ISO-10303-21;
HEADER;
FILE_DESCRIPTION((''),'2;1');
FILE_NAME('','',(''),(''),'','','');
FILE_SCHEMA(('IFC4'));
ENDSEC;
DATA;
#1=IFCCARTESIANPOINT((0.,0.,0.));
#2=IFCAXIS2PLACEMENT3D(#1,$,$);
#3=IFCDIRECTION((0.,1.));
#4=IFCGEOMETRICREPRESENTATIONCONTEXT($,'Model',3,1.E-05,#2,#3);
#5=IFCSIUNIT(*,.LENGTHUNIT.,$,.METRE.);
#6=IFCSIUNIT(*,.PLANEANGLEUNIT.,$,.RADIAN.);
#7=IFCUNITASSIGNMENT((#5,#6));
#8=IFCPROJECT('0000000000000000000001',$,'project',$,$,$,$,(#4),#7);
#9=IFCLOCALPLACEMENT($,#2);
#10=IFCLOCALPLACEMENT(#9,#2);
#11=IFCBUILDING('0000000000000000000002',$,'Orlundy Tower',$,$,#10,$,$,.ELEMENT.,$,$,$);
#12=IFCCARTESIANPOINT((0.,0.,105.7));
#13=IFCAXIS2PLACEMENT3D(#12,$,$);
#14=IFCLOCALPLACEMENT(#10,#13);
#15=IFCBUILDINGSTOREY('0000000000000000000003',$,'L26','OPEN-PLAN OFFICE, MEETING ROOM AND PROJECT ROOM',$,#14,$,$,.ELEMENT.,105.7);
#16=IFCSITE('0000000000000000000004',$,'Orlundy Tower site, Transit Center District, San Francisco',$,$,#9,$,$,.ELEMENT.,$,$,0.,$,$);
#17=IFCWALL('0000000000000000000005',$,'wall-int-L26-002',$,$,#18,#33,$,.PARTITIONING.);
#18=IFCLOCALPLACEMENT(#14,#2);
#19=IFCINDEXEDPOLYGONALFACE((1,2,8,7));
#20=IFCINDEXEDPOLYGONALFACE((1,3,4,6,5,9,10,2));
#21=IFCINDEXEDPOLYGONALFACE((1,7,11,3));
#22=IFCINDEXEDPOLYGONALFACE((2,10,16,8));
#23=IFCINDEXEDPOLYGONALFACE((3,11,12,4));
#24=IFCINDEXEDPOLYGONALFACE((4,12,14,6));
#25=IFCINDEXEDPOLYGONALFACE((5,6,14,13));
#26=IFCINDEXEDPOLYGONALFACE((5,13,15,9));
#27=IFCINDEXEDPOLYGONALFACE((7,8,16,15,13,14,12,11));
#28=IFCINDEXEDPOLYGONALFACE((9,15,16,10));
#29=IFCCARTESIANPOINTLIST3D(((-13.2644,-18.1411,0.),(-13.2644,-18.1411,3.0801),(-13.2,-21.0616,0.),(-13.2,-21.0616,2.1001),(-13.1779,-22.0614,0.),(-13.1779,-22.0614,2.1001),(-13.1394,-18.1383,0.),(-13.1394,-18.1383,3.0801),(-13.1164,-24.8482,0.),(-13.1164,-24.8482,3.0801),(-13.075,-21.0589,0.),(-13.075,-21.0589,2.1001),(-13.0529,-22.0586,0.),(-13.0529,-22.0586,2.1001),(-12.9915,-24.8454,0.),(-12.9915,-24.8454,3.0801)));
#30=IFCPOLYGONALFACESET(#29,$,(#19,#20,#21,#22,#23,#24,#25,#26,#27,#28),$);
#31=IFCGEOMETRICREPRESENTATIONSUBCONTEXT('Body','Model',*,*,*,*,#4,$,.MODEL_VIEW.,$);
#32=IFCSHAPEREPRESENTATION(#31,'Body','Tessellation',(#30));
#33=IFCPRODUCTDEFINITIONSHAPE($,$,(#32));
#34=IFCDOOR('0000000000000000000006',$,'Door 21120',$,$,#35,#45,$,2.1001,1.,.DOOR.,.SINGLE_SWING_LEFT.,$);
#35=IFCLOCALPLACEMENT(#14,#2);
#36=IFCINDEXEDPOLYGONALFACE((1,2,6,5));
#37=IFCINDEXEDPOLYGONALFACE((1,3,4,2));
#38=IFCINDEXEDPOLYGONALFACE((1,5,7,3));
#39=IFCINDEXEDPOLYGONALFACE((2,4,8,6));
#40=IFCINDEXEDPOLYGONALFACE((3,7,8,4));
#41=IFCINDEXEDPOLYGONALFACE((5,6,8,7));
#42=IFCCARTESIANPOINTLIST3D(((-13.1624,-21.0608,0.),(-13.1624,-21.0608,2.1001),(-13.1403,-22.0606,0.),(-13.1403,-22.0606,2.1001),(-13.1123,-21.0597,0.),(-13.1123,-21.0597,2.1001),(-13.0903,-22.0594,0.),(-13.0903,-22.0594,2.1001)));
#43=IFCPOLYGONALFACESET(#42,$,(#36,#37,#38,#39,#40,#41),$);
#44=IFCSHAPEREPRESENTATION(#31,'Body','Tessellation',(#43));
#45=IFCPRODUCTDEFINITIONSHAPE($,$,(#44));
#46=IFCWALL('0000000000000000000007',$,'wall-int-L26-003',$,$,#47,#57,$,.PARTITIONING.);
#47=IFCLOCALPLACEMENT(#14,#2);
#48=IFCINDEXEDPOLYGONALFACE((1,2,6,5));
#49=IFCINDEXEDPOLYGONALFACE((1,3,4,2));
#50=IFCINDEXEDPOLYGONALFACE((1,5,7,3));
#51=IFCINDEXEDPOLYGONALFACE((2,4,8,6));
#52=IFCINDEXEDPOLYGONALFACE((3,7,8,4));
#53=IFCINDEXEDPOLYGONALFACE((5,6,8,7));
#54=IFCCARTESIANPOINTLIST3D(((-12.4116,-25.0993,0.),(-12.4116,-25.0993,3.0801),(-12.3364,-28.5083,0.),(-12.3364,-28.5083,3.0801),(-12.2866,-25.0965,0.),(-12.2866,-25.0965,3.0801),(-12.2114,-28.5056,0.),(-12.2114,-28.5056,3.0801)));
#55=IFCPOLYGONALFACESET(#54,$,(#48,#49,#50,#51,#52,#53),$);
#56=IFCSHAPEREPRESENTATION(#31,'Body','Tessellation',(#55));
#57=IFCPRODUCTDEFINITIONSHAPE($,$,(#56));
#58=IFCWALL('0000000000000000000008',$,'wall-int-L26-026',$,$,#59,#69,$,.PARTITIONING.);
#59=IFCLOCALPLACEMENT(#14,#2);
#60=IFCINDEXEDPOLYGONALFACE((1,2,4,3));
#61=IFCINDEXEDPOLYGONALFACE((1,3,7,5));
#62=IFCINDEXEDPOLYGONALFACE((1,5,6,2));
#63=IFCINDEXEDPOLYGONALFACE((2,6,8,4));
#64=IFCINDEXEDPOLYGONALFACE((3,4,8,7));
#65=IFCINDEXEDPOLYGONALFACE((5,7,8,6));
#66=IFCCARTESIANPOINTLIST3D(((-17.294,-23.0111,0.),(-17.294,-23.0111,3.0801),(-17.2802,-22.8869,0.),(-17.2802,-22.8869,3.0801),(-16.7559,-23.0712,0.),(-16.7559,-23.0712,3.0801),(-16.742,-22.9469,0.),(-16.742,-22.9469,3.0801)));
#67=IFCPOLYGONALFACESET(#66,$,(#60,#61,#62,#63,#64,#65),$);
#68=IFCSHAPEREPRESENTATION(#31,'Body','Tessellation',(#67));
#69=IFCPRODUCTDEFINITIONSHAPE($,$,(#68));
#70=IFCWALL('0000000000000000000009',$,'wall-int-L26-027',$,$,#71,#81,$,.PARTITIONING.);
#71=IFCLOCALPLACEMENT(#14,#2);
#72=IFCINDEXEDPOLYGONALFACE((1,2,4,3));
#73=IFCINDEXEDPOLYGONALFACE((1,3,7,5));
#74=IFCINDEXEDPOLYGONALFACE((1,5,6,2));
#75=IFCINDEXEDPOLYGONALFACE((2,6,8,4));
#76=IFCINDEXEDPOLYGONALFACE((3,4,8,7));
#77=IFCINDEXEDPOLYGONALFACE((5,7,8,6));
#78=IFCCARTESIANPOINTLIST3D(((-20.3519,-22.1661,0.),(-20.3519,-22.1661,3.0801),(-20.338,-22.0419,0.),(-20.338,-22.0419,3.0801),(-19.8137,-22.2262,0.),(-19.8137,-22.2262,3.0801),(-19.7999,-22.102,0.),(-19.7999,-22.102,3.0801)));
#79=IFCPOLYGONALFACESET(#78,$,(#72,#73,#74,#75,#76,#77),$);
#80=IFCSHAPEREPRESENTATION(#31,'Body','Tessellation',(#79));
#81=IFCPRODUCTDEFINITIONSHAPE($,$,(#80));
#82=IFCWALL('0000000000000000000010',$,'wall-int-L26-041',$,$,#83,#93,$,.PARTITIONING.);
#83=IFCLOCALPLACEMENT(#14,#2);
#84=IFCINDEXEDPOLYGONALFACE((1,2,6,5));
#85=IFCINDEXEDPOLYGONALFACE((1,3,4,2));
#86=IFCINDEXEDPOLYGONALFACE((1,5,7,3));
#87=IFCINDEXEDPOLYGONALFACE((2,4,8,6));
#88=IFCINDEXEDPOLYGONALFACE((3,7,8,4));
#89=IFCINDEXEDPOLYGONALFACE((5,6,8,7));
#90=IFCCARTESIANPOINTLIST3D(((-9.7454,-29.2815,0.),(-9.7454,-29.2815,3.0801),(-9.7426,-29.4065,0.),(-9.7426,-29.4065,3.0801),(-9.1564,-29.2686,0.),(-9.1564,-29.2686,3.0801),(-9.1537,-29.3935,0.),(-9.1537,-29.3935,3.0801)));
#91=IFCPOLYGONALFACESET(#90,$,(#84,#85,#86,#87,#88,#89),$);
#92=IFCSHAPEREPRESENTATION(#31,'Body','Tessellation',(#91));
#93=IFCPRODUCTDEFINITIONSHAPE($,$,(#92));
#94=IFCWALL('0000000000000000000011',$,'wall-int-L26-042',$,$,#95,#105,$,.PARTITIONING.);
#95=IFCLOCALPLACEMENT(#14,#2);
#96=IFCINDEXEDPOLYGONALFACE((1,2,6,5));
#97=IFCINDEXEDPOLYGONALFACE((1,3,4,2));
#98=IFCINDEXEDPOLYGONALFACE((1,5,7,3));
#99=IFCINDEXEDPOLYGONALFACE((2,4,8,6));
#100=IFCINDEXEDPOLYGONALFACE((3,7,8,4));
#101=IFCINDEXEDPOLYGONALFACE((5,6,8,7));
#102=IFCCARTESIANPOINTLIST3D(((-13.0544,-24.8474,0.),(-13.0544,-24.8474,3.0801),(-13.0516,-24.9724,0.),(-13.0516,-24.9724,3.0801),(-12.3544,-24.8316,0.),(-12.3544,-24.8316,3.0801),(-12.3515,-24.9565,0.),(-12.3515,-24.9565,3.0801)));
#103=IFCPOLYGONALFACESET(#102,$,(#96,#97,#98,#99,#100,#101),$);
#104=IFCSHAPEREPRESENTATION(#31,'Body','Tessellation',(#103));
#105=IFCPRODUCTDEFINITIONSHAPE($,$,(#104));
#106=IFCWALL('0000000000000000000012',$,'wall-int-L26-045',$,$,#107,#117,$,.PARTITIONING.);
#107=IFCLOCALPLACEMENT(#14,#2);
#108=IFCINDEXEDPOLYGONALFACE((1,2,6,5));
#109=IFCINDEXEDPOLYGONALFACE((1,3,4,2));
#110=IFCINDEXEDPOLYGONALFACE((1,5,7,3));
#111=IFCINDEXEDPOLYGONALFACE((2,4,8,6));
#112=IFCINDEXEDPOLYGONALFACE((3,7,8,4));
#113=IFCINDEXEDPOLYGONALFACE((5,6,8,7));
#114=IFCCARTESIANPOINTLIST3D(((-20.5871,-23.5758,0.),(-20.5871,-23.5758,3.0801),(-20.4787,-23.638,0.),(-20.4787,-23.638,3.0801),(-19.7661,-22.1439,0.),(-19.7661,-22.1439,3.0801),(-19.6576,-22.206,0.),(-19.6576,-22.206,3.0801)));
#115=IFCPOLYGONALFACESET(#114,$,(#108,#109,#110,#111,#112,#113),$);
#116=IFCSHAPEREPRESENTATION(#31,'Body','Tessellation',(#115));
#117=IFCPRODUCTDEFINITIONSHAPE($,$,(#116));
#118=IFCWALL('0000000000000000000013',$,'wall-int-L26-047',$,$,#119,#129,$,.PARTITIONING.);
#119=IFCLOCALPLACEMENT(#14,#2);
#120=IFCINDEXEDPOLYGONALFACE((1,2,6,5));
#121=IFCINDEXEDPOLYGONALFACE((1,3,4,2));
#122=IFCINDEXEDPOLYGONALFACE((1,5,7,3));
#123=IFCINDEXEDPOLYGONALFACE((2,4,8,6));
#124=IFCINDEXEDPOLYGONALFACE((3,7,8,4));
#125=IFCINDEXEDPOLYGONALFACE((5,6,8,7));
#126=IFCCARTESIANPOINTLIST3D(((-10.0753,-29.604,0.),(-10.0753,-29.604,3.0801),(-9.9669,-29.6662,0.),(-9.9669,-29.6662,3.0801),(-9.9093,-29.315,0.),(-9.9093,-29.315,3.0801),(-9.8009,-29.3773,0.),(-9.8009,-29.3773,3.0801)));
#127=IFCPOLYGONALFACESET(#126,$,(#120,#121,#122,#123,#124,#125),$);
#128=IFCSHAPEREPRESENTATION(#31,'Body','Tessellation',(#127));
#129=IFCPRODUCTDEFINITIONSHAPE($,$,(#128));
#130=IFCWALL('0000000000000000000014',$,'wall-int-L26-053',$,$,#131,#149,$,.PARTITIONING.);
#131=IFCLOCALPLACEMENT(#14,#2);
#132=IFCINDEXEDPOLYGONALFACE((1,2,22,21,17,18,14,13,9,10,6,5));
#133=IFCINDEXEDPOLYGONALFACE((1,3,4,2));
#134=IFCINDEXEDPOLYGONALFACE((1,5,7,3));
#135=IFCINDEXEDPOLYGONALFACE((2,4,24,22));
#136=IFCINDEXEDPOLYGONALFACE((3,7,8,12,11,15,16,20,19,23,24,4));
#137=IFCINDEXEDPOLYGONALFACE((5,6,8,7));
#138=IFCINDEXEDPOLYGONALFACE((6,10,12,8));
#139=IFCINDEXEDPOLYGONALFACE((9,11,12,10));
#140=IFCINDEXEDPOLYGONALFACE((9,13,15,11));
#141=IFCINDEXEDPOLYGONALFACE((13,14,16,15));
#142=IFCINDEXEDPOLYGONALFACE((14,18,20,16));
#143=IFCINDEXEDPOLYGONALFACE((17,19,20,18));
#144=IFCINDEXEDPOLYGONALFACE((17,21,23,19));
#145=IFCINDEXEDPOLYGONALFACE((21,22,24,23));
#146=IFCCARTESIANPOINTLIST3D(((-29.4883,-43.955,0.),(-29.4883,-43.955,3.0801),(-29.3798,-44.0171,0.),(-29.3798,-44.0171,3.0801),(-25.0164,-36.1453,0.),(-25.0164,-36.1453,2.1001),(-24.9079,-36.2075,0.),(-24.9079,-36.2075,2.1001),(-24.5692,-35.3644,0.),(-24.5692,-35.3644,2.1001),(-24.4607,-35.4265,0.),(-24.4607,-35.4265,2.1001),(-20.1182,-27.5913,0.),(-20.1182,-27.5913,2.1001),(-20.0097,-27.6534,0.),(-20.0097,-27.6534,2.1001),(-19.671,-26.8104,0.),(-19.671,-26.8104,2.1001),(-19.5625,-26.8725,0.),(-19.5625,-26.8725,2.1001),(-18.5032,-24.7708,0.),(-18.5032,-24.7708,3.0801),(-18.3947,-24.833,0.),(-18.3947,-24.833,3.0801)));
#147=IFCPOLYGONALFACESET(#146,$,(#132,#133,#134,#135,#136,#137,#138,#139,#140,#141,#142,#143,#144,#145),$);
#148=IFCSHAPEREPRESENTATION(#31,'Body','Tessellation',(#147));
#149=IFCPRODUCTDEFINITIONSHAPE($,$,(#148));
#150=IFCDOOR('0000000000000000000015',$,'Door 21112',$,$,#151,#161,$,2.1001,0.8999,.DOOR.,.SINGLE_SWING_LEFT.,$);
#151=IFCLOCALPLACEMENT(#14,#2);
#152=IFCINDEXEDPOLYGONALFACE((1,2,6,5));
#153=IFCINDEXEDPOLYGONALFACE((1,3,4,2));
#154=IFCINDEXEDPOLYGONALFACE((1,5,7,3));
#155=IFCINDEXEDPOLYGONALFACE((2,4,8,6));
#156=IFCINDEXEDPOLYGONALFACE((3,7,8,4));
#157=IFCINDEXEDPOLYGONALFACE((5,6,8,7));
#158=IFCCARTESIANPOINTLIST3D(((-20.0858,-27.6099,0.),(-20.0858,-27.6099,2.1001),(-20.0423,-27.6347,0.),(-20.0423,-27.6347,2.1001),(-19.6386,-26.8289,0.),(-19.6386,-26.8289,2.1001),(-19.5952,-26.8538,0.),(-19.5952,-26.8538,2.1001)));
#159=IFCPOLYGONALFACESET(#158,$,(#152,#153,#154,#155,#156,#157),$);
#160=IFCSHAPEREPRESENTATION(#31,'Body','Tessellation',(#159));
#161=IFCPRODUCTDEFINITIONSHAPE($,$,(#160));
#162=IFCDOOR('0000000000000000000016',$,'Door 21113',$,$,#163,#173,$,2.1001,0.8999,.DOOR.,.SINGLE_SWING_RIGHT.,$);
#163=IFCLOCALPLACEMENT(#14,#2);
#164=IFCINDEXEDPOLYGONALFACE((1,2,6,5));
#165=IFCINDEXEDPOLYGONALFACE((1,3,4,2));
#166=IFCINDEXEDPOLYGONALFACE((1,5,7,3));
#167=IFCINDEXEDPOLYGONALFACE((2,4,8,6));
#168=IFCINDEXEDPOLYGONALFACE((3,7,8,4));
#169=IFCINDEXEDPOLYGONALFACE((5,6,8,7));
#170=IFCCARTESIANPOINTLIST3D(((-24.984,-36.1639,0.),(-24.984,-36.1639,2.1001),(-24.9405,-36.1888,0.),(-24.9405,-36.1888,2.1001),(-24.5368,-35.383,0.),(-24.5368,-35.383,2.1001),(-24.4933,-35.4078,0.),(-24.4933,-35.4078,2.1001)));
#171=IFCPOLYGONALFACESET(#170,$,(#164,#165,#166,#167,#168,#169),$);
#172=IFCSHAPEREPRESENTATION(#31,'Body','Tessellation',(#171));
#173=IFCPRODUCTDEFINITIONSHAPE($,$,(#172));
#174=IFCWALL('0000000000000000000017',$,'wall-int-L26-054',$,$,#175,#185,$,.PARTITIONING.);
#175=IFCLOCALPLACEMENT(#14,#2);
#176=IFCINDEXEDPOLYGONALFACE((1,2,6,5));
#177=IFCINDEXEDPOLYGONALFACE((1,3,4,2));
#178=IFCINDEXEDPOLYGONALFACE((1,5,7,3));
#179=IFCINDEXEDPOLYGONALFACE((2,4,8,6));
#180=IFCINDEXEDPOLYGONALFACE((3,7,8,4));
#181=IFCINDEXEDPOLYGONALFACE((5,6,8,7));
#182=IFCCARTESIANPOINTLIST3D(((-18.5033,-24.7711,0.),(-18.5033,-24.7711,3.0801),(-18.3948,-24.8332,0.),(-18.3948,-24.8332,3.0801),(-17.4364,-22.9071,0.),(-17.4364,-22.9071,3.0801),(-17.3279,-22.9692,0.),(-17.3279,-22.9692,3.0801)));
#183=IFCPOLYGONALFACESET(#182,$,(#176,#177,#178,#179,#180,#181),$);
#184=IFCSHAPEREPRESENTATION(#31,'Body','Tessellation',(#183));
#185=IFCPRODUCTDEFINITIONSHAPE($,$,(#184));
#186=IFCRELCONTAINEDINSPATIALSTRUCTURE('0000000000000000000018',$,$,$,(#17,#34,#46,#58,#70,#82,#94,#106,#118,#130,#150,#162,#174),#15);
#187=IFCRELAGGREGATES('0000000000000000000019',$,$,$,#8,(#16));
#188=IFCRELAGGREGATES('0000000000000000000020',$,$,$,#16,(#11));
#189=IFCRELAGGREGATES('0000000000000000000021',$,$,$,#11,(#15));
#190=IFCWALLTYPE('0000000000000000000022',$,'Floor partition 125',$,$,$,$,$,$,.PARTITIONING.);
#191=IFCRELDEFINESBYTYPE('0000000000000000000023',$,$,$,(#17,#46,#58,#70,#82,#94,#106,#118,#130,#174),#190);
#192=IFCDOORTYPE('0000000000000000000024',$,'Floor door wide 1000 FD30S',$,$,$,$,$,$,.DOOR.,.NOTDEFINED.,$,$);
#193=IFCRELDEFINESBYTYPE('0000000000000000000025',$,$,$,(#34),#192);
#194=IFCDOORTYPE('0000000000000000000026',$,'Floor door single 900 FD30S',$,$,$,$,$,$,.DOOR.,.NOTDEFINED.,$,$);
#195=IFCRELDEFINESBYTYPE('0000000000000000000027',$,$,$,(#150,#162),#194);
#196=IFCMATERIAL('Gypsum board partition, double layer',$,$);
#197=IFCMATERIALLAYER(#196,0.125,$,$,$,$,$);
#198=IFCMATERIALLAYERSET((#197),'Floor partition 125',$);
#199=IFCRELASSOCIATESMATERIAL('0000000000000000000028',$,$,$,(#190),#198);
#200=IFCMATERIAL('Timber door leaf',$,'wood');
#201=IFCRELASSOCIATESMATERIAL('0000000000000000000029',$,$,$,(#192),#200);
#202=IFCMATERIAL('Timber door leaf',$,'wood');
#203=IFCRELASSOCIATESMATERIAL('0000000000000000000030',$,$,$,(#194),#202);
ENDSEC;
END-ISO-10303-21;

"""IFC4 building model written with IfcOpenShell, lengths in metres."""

from ifc_helpers import new_model, si_unit, direction, frame, frame_2d, origin, place, context, subcontext, project, spatial, rectangle, extrude, material, layer, layer_set, type_object, element, fill, save


model = new_model("IFC4")

# Units and contexts
model_context = context("Model", 3, precision=1e-05, world=origin(), true_north=direction((0.0, 1.0)))
body_context = subcontext(model_context, "Body", "Model", "MODEL_VIEW")
ifc_project = project(units=[si_unit("LENGTHUNIT", "METRE"), si_unit("PLANEANGLEUNIT", "RADIAN")], contexts=[model_context])

# Site, building, storey
site_placement = place(None, origin())
site = spatial("IfcSite", under=ifc_project, at=site_placement, Name="Orlundy Tower site, Transit Center District, San Francisco", CompositionType="ELEMENT", RefElevation=0.0)
building_placement = place(site_placement, origin())
building = spatial("IfcBuilding", under=site, at=building_placement, Name="Orlundy Tower", CompositionType="ELEMENT")
storey_placement = place(building_placement, frame((0.0, 0.0, 105.7)))
storey = spatial("IfcBuildingStorey", under=building, at=storey_placement, Name="L26", Description="OPEN-PLAN OFFICE, MEETING ROOM AND PROJECT ROOM", CompositionType="ELEMENT", Elevation=105.7)

# Wall, opening, door
ifc_material_1 = material(Name="Gypsum board partition, double layer")
ifc_layer_1 = layer(ifc_material_1, 0.125)
ifc_layer_set_1 = layer_set([ifc_layer_1], Name="Floor partition 125")
wall_type_1 = type_object("IfcWallType", Name="Floor partition 125", PredefinedType="PARTITIONING", material=ifc_layer_set_1)
wall_1_placement = place(storey_placement, frame((-13.054, -24.8469, 0.0), z_axis=(0.0, 0.0, 1.0), x_axis=(-0.022053, 0.999757, 0.0)))
wall_1 = element("IfcWall", 1, at=wall_1_placement, inside=storey, type_object=wall_type_1, Name="wall-int-L26-002", PredefinedType="PARTITIONING", context=body_context, shape_type="SweptSolid", body=[
    extrude(rectangle(XDim=6.7087, YDim=0.125, at=frame_2d((3.3545, 0.0))), origin(), (0.0, 0.0, 1.0), 3.0801),
])
opening_1_placement = place(wall_1_placement, frame((2.7876, 0.0, 0.0)))
opening_1 = element("IfcOpeningElement", 2, at=opening_1_placement, cuts=wall_1, PredefinedType="OPENING", context=body_context, shape_type="SweptSolid", body=[
    extrude(rectangle(XDim=1.0, YDim=2.1001, at=frame_2d((0.5, 1.05))), frame((0.0, 0.0725, 0.0), z_axis=(0.0, -1.0, 0.0), x_axis=(1.0, 0.0, 0.0)), (0.0, 0.0, 1.0), 0.145),
])
ifc_material_2 = material(Name="Timber door leaf", Category="wood")
door_type_1 = type_object("IfcDoorType", Name="Floor door wide 1000 FD30S", OperationType="NOTDEFINED", PredefinedType="DOOR", material=ifc_material_2)
door_1_placement = place(opening_1_placement, origin())
door_1 = element("IfcDoor", 3, at=door_1_placement, inside=storey, type_object=door_type_1, Name="Door 21120", OperationType="SINGLE_SWING_LEFT", OverallHeight=2.1001, OverallWidth=1.0, PredefinedType="DOOR", context=body_context, shape_type="SweptSolid", body=[
    extrude(rectangle(XDim=1.0, YDim=2.1001, at=frame_2d((0.5, 1.05))), frame((0.0, 0.0249, 0.0), z_axis=(0.0, -1.0, 0.0), x_axis=(1.0, 0.0, 0.0)), (0.0, 0.0, 1.0), 0.05),
])
fill(opening_1, door_1)

# Walls
wall_2_placement = place(storey_placement, frame((-12.2739, -28.5071, 0.0), z_axis=(0.0, 0.0, 1.0), x_axis=(-0.022051, 0.999757, 0.0)))
element("IfcWall", 4, at=wall_2_placement, inside=storey, type_object=wall_type_1, Name="wall-int-L26-003", PredefinedType="PARTITIONING", context=body_context, shape_type="SweptSolid", body=[
    extrude(rectangle(XDim=3.4099, YDim=0.125, at=frame_2d((1.7051, 0.0))), origin(), (0.0, 0.0, 1.0), 3.0801),
])
for number, where, z_axis, x_axis, name in (
    (5, (-17.2871, -22.949, 0.0), (0.0, 0.0, 1.0), (0.993829, -0.110926, 0.0), "wall-int-L26-026"),
    (6, (-20.345, -22.104, 0.0), (0.0, 0.0, 1.0), (0.993829, -0.110926, 0.0), "wall-int-L26-027"),
):
    element("IfcWall", number, at=place(storey_placement, frame(where, z_axis=z_axis, x_axis=x_axis)), inside=storey, type_object=wall_type_1, Name=name, PredefinedType="PARTITIONING", context=body_context, shape_type="SweptSolid", body=[
        extrude(rectangle(XDim=0.5415, YDim=0.125, at=frame_2d((0.2708, 0.0))), origin(), (0.0, 0.0, 1.0), 3.0801),
    ])
wall_3_placement = place(storey_placement, frame((-9.7439, -29.344, 0.0), z_axis=(0.0, 0.0, 1.0), x_axis=(0.999759, 0.021968, 0.0)))
element("IfcWall", 7, at=wall_3_placement, inside=storey, type_object=wall_type_1, Name="wall-int-L26-041", PredefinedType="PARTITIONING", context=body_context, shape_type="SweptSolid", body=[
    extrude(rectangle(XDim=0.5891, YDim=0.125, at=frame_2d((0.2944, 0.0))), origin(), (0.0, 0.0, 1.0), 3.0801),
])
wall_4_placement = place(storey_placement, frame((-13.053, -24.9099, 0.0), z_axis=(0.0, 0.0, 1.0), x_axis=(0.999743, 0.022666, 0.0)))
element("IfcWall", 8, at=wall_4_placement, inside=storey, type_object=wall_type_1, Name="wall-int-L26-042", PredefinedType="PARTITIONING", context=body_context, shape_type="SweptSolid", body=[
    extrude(rectangle(XDim=0.7002, YDim=0.125, at=frame_2d((0.3501, 0.0))), origin(), (0.0, 0.0, 1.0), 3.0801),
])
wall_5_placement = place(storey_placement, frame((-19.7119, -22.175, 0.0), z_axis=(0.0, 0.0, 1.0), x_axis=(-0.497429, -0.867505, 0.0)))
element("IfcWall", 9, at=wall_5_placement, inside=storey, type_object=wall_type_1, Name="wall-int-L26-045", PredefinedType="PARTITIONING", context=body_context, shape_type="SweptSolid", body=[
    extrude(rectangle(XDim=1.6506, YDim=0.125, at=frame_2d((0.8252, 0.0))), origin(), (0.0, 0.0, 1.0), 3.0801),
])
wall_6_placement = place(storey_placement, frame((-10.021, -29.635, 0.0), z_axis=(0.0, 0.0, 1.0), x_axis=(0.498031, 0.867159, 0.0)))
element("IfcWall", 10, at=wall_6_placement, inside=storey, type_object=wall_type_1, Name="wall-int-L26-047", PredefinedType="PARTITIONING", context=body_context, shape_type="SweptSolid", body=[
    extrude(rectangle(XDim=0.3333, YDim=0.125, at=frame_2d((0.1665, 0.0))), origin(), (0.0, 0.0, 1.0), 3.0801),
])

# Wall, openings, doors
wall_7_placement = place(storey_placement, frame((-18.449, -24.802, 0.0), z_axis=(0.0, 0.0, 1.0), x_axis=(-0.496915, -0.867799, 0.0)))
wall_7 = element("IfcWall", 11, at=wall_7_placement, inside=storey, type_object=wall_type_1, Name="wall-int-L26-053", PredefinedType="PARTITIONING", context=body_context, shape_type="SweptSolid", body=[
    extrude(rectangle(XDim=22.1067, YDim=0.125, at=frame_2d((11.0532, 0.0))), origin(), (0.0, 0.0, 1.0), 3.0801),
])
opening_2_placement = place(wall_7_placement, frame((2.3501, 0.0, 0.0)))
opening_2 = element("IfcOpeningElement", 12, at=opening_2_placement, cuts=wall_7, PredefinedType="OPENING", context=body_context, shape_type="SweptSolid", body=[
    extrude(rectangle(XDim=0.8999, YDim=2.1001, at=frame_2d((0.45, 1.05))), frame((0.0, 0.0725, 0.0), z_axis=(0.0, -1.0, 0.0), x_axis=(1.0, 0.0, 0.0)), (0.0, 0.0, 1.0), 0.145),
])
opening_3_placement = place(wall_7_placement, frame((12.2073, 0.0, 0.0)))
opening_3 = element("IfcOpeningElement", 13, at=opening_3_placement, cuts=wall_7, PredefinedType="OPENING", context=body_context, shape_type="SweptSolid", body=[
    extrude(rectangle(XDim=0.8999, YDim=2.1001, at=frame_2d((0.45, 1.05))), frame((0.0, 0.0725, 0.0), z_axis=(0.0, -1.0, 0.0), x_axis=(1.0, 0.0, 0.0)), (0.0, 0.0, 1.0), 0.145),
])
ifc_material_3 = material(Name="Timber door leaf", Category="wood")
door_type_2 = type_object("IfcDoorType", Name="Floor door single 900 FD30S", OperationType="NOTDEFINED", PredefinedType="DOOR", material=ifc_material_3)
door_2_placement = place(opening_2_placement, origin())
door_2 = element("IfcDoor", 14, at=door_2_placement, inside=storey, type_object=door_type_2, Name="Door 21112", OperationType="SINGLE_SWING_LEFT", OverallHeight=2.1001, OverallWidth=0.8999, PredefinedType="DOOR", context=body_context, shape_type="SweptSolid", body=[
    extrude(rectangle(XDim=0.8999, YDim=2.1001, at=frame_2d((0.45, 1.05))), frame((0.0, 0.0249, 0.0), z_axis=(0.0, -1.0, 0.0), x_axis=(1.0, 0.0, 0.0)), (0.0, 0.0, 1.0), 0.05),
])
fill(opening_2, door_2)
door_3_placement = place(opening_3_placement, origin())
door_3 = element("IfcDoor", 15, at=door_3_placement, inside=storey, type_object=door_type_2, Name="Door 21113", OperationType="SINGLE_SWING_RIGHT", OverallHeight=2.1001, OverallWidth=0.8999, PredefinedType="DOOR", context=body_context, shape_type="SweptSolid", body=[
    extrude(rectangle(XDim=0.8999, YDim=2.1001, at=frame_2d((0.45, 1.05))), frame((0.0, 0.0249, 0.0), z_axis=(0.0, -1.0, 0.0), x_axis=(1.0, 0.0, 0.0)), (0.0, 0.0, 1.0), 0.05),
])
fill(opening_3, door_3)

# Wall
wall_8_placement = place(storey_placement, frame((-18.449, -24.802, 0.0), z_axis=(0.0, 0.0, 1.0), x_axis=(0.496751, 0.867893, 0.0)))
element("IfcWall", 16, at=wall_8_placement, inside=storey, type_object=wall_type_1, Name="wall-int-L26-054", PredefinedType="PARTITIONING", context=body_context, shape_type="SweptSolid", body=[
    extrude(rectangle(XDim=2.1477, YDim=0.125, at=frame_2d((1.0737, 0.0))), origin(), (0.0, 0.0, 1.0), 3.0801),
])

save(model, "model.ifc")
